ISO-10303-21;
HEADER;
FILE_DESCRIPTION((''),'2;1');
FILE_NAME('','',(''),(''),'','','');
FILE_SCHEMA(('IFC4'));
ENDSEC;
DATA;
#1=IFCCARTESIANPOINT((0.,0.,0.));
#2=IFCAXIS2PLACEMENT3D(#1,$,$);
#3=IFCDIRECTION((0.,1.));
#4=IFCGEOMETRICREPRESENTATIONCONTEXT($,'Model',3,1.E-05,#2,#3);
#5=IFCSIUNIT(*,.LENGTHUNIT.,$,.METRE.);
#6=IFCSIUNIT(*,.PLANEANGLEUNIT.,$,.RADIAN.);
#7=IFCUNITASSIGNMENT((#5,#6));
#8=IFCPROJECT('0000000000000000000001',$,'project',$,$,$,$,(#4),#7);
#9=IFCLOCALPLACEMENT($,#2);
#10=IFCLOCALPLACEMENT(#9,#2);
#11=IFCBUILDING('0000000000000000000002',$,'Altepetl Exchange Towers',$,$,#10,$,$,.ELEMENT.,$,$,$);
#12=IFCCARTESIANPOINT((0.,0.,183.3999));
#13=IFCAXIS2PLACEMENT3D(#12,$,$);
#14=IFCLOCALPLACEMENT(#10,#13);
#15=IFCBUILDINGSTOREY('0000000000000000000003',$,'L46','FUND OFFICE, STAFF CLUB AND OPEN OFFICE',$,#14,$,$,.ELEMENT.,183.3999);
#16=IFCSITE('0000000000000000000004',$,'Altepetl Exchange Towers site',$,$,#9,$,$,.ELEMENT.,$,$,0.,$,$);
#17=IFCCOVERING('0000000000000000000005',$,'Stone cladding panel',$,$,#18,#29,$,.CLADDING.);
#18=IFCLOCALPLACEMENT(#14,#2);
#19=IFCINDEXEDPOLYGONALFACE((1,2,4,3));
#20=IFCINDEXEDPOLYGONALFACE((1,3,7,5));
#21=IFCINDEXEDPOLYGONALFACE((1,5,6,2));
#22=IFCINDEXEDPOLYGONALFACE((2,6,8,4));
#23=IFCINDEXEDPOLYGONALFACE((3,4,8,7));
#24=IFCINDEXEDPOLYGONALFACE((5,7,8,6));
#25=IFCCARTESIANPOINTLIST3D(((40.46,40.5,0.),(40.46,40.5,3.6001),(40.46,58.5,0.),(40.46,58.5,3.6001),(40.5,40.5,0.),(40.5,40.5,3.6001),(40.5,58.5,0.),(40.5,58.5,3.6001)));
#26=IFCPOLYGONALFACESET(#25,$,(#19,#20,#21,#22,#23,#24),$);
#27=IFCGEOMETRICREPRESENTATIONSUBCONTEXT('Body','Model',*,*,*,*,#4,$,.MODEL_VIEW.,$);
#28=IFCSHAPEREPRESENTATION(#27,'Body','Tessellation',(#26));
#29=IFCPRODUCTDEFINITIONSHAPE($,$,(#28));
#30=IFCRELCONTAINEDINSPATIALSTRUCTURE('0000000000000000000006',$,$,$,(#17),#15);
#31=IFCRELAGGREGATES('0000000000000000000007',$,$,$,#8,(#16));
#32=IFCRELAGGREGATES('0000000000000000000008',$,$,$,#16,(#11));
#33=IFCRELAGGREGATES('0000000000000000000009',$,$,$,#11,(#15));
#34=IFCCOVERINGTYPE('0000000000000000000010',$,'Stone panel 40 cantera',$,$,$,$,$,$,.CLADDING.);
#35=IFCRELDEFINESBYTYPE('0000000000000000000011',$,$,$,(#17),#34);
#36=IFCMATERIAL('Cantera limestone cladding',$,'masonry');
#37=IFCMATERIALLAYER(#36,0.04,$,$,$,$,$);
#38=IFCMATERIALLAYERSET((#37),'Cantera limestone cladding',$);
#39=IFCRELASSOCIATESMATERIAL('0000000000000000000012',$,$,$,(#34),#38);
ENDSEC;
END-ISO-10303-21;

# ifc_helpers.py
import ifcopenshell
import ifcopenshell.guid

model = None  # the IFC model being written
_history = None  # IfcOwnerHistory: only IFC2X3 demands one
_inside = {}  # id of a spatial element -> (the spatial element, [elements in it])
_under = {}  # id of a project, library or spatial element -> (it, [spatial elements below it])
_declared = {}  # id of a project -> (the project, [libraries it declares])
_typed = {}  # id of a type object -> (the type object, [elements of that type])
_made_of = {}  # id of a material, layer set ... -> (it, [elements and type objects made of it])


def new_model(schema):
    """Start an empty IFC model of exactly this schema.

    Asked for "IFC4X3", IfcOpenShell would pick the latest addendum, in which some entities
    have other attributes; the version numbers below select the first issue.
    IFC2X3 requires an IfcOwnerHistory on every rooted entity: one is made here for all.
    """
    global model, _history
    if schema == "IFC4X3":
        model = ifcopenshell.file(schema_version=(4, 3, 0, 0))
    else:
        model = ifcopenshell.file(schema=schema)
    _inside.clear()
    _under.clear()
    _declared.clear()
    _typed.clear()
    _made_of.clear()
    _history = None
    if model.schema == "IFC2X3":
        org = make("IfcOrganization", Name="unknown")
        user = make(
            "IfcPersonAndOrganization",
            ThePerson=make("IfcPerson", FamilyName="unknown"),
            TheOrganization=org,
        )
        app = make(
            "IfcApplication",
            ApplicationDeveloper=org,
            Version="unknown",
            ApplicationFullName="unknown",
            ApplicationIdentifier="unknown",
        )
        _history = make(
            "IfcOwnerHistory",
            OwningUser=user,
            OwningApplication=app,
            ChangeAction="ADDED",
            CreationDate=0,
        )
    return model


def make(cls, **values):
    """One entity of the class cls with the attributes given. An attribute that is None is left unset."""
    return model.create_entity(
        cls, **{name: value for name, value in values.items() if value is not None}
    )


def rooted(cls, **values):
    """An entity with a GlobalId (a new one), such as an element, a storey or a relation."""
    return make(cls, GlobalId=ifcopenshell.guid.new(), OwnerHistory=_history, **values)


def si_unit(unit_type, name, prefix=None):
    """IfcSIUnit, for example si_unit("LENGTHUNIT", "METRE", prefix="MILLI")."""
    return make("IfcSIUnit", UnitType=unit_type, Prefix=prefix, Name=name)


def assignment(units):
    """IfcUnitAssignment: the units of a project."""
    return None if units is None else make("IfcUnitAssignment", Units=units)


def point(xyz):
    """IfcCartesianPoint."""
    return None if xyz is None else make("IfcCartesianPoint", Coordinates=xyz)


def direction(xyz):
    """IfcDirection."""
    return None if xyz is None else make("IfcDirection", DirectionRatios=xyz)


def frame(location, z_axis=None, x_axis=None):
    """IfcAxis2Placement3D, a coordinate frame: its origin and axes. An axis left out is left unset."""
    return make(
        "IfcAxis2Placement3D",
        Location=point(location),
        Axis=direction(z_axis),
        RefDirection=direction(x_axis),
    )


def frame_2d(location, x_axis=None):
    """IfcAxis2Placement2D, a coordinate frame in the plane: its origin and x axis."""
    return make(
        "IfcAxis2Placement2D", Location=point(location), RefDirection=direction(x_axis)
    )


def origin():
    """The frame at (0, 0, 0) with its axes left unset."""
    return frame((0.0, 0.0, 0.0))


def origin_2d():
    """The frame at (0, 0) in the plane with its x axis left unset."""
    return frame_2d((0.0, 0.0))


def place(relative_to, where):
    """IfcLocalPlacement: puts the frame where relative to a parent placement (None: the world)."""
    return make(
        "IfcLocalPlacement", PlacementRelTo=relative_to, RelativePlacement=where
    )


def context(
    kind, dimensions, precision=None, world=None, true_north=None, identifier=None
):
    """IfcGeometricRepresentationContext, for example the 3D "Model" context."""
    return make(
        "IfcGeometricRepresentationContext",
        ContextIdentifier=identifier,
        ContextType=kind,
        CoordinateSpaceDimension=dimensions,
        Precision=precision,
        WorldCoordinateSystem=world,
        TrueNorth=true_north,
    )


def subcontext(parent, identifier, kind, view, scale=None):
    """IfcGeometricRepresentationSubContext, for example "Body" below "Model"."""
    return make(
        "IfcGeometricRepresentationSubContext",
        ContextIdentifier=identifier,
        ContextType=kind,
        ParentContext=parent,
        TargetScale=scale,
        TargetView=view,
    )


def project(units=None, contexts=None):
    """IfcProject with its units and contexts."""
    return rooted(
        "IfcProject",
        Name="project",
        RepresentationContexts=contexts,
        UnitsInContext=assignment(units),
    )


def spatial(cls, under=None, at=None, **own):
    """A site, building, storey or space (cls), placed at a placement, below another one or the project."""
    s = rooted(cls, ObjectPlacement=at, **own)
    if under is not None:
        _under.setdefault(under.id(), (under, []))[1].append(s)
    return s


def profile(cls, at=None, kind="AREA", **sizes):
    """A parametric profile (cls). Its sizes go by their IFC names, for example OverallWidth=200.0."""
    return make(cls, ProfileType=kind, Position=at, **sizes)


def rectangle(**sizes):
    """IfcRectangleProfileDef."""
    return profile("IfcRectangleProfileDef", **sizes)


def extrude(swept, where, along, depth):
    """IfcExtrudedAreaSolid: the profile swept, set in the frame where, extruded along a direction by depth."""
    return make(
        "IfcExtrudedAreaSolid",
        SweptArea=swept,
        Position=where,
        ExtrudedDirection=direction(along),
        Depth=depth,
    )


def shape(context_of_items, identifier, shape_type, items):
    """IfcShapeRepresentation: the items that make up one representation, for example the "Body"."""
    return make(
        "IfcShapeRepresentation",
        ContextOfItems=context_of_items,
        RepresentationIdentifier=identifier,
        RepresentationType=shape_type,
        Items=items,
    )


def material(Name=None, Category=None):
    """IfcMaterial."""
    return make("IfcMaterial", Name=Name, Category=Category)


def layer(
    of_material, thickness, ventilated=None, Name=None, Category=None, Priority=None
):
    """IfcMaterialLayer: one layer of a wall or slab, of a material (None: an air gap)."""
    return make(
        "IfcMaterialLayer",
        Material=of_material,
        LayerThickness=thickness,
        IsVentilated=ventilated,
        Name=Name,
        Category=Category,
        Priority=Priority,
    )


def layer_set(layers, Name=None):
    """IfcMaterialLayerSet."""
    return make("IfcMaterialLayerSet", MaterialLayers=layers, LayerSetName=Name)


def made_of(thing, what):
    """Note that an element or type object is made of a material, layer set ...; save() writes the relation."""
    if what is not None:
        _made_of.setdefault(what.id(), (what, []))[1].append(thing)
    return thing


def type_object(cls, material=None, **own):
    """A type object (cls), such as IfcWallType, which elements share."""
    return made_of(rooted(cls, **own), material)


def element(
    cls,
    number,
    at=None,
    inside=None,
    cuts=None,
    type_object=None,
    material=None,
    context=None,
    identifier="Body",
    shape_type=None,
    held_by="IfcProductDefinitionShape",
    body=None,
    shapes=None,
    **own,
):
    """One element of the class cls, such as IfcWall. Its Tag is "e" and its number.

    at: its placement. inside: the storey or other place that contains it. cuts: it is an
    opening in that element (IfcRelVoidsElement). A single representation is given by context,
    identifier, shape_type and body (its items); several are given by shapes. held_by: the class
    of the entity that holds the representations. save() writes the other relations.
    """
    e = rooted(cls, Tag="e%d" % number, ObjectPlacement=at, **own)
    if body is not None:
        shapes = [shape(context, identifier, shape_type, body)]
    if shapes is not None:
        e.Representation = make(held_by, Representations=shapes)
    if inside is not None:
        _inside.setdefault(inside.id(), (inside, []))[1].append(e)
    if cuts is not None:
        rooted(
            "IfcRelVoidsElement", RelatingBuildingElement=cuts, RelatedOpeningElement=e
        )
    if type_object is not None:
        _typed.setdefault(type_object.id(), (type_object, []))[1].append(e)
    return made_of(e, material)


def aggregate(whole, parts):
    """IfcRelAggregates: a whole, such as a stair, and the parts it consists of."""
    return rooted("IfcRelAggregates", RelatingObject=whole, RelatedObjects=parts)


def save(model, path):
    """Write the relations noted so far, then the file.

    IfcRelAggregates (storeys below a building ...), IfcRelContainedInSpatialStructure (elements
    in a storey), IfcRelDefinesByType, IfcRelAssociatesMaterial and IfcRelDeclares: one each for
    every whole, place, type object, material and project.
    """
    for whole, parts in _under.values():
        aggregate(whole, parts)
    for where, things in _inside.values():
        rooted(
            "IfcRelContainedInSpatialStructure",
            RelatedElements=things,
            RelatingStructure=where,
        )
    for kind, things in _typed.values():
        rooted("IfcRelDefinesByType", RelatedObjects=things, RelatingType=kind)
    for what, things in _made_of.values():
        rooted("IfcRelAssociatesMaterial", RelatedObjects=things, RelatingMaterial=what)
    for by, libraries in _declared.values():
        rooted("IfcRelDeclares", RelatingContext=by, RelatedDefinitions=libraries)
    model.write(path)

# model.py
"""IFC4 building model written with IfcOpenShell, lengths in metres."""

from ifc_helpers import new_model, si_unit, direction, frame, origin, origin_2d, place, context, subcontext, project, spatial, rectangle, extrude, material, layer, layer_set, type_object, element, save


model = new_model("IFC4")

# Units and contexts
model_context = context("Model", 3, precision=1e-05, world=origin(), true_north=direction((0.0, 1.0)))
body_context = subcontext(model_context, "Body", "Model", "MODEL_VIEW")
ifc_project = project(units=[si_unit("LENGTHUNIT", "METRE"), si_unit("PLANEANGLEUNIT", "RADIAN")], contexts=[model_context])

# Site, building, storey
site_placement = place(None, origin())
site = spatial("IfcSite", under=ifc_project, at=site_placement, Name="Altepetl Exchange Towers site", CompositionType="ELEMENT", RefElevation=0.0)
building_placement = place(site_placement, origin())
building = spatial("IfcBuilding", under=site, at=building_placement, Name="Altepetl Exchange Towers", CompositionType="ELEMENT")
storey_placement = place(building_placement, frame((0.0, 0.0, 183.3999)))
storey = spatial("IfcBuildingStorey", under=building, at=storey_placement, Name="L46", Description="FUND OFFICE, STAFF CLUB AND OPEN OFFICE", CompositionType="ELEMENT", Elevation=183.3999)

# Covering
ifc_material_1 = material(Name="Cantera limestone cladding", Category="masonry")
ifc_layer_1 = layer(ifc_material_1, 0.04)
ifc_layer_set_1 = layer_set([ifc_layer_1], Name="Cantera limestone cladding")
covering_type = type_object("IfcCoveringType", Name="Stone panel 40 cantera", PredefinedType="CLADDING", material=ifc_layer_set_1)
covering_placement = place(storey_placement, frame((40.48, 49.5, 0.0), z_axis=(0.0, 0.0, 1.0), x_axis=(0.0, -1.0, 0.0)))
element("IfcCovering", 1, at=covering_placement, inside=storey, type_object=covering_type, Name="Stone cladding panel", PredefinedType="CLADDING", context=body_context, shape_type="SweptSolid", body=[
    extrude(rectangle(XDim=18.0, YDim=0.04, at=origin_2d()), origin(), (0.0, 0.0, 1.0), 3.6001),
])

save(model, "model.ifc")
